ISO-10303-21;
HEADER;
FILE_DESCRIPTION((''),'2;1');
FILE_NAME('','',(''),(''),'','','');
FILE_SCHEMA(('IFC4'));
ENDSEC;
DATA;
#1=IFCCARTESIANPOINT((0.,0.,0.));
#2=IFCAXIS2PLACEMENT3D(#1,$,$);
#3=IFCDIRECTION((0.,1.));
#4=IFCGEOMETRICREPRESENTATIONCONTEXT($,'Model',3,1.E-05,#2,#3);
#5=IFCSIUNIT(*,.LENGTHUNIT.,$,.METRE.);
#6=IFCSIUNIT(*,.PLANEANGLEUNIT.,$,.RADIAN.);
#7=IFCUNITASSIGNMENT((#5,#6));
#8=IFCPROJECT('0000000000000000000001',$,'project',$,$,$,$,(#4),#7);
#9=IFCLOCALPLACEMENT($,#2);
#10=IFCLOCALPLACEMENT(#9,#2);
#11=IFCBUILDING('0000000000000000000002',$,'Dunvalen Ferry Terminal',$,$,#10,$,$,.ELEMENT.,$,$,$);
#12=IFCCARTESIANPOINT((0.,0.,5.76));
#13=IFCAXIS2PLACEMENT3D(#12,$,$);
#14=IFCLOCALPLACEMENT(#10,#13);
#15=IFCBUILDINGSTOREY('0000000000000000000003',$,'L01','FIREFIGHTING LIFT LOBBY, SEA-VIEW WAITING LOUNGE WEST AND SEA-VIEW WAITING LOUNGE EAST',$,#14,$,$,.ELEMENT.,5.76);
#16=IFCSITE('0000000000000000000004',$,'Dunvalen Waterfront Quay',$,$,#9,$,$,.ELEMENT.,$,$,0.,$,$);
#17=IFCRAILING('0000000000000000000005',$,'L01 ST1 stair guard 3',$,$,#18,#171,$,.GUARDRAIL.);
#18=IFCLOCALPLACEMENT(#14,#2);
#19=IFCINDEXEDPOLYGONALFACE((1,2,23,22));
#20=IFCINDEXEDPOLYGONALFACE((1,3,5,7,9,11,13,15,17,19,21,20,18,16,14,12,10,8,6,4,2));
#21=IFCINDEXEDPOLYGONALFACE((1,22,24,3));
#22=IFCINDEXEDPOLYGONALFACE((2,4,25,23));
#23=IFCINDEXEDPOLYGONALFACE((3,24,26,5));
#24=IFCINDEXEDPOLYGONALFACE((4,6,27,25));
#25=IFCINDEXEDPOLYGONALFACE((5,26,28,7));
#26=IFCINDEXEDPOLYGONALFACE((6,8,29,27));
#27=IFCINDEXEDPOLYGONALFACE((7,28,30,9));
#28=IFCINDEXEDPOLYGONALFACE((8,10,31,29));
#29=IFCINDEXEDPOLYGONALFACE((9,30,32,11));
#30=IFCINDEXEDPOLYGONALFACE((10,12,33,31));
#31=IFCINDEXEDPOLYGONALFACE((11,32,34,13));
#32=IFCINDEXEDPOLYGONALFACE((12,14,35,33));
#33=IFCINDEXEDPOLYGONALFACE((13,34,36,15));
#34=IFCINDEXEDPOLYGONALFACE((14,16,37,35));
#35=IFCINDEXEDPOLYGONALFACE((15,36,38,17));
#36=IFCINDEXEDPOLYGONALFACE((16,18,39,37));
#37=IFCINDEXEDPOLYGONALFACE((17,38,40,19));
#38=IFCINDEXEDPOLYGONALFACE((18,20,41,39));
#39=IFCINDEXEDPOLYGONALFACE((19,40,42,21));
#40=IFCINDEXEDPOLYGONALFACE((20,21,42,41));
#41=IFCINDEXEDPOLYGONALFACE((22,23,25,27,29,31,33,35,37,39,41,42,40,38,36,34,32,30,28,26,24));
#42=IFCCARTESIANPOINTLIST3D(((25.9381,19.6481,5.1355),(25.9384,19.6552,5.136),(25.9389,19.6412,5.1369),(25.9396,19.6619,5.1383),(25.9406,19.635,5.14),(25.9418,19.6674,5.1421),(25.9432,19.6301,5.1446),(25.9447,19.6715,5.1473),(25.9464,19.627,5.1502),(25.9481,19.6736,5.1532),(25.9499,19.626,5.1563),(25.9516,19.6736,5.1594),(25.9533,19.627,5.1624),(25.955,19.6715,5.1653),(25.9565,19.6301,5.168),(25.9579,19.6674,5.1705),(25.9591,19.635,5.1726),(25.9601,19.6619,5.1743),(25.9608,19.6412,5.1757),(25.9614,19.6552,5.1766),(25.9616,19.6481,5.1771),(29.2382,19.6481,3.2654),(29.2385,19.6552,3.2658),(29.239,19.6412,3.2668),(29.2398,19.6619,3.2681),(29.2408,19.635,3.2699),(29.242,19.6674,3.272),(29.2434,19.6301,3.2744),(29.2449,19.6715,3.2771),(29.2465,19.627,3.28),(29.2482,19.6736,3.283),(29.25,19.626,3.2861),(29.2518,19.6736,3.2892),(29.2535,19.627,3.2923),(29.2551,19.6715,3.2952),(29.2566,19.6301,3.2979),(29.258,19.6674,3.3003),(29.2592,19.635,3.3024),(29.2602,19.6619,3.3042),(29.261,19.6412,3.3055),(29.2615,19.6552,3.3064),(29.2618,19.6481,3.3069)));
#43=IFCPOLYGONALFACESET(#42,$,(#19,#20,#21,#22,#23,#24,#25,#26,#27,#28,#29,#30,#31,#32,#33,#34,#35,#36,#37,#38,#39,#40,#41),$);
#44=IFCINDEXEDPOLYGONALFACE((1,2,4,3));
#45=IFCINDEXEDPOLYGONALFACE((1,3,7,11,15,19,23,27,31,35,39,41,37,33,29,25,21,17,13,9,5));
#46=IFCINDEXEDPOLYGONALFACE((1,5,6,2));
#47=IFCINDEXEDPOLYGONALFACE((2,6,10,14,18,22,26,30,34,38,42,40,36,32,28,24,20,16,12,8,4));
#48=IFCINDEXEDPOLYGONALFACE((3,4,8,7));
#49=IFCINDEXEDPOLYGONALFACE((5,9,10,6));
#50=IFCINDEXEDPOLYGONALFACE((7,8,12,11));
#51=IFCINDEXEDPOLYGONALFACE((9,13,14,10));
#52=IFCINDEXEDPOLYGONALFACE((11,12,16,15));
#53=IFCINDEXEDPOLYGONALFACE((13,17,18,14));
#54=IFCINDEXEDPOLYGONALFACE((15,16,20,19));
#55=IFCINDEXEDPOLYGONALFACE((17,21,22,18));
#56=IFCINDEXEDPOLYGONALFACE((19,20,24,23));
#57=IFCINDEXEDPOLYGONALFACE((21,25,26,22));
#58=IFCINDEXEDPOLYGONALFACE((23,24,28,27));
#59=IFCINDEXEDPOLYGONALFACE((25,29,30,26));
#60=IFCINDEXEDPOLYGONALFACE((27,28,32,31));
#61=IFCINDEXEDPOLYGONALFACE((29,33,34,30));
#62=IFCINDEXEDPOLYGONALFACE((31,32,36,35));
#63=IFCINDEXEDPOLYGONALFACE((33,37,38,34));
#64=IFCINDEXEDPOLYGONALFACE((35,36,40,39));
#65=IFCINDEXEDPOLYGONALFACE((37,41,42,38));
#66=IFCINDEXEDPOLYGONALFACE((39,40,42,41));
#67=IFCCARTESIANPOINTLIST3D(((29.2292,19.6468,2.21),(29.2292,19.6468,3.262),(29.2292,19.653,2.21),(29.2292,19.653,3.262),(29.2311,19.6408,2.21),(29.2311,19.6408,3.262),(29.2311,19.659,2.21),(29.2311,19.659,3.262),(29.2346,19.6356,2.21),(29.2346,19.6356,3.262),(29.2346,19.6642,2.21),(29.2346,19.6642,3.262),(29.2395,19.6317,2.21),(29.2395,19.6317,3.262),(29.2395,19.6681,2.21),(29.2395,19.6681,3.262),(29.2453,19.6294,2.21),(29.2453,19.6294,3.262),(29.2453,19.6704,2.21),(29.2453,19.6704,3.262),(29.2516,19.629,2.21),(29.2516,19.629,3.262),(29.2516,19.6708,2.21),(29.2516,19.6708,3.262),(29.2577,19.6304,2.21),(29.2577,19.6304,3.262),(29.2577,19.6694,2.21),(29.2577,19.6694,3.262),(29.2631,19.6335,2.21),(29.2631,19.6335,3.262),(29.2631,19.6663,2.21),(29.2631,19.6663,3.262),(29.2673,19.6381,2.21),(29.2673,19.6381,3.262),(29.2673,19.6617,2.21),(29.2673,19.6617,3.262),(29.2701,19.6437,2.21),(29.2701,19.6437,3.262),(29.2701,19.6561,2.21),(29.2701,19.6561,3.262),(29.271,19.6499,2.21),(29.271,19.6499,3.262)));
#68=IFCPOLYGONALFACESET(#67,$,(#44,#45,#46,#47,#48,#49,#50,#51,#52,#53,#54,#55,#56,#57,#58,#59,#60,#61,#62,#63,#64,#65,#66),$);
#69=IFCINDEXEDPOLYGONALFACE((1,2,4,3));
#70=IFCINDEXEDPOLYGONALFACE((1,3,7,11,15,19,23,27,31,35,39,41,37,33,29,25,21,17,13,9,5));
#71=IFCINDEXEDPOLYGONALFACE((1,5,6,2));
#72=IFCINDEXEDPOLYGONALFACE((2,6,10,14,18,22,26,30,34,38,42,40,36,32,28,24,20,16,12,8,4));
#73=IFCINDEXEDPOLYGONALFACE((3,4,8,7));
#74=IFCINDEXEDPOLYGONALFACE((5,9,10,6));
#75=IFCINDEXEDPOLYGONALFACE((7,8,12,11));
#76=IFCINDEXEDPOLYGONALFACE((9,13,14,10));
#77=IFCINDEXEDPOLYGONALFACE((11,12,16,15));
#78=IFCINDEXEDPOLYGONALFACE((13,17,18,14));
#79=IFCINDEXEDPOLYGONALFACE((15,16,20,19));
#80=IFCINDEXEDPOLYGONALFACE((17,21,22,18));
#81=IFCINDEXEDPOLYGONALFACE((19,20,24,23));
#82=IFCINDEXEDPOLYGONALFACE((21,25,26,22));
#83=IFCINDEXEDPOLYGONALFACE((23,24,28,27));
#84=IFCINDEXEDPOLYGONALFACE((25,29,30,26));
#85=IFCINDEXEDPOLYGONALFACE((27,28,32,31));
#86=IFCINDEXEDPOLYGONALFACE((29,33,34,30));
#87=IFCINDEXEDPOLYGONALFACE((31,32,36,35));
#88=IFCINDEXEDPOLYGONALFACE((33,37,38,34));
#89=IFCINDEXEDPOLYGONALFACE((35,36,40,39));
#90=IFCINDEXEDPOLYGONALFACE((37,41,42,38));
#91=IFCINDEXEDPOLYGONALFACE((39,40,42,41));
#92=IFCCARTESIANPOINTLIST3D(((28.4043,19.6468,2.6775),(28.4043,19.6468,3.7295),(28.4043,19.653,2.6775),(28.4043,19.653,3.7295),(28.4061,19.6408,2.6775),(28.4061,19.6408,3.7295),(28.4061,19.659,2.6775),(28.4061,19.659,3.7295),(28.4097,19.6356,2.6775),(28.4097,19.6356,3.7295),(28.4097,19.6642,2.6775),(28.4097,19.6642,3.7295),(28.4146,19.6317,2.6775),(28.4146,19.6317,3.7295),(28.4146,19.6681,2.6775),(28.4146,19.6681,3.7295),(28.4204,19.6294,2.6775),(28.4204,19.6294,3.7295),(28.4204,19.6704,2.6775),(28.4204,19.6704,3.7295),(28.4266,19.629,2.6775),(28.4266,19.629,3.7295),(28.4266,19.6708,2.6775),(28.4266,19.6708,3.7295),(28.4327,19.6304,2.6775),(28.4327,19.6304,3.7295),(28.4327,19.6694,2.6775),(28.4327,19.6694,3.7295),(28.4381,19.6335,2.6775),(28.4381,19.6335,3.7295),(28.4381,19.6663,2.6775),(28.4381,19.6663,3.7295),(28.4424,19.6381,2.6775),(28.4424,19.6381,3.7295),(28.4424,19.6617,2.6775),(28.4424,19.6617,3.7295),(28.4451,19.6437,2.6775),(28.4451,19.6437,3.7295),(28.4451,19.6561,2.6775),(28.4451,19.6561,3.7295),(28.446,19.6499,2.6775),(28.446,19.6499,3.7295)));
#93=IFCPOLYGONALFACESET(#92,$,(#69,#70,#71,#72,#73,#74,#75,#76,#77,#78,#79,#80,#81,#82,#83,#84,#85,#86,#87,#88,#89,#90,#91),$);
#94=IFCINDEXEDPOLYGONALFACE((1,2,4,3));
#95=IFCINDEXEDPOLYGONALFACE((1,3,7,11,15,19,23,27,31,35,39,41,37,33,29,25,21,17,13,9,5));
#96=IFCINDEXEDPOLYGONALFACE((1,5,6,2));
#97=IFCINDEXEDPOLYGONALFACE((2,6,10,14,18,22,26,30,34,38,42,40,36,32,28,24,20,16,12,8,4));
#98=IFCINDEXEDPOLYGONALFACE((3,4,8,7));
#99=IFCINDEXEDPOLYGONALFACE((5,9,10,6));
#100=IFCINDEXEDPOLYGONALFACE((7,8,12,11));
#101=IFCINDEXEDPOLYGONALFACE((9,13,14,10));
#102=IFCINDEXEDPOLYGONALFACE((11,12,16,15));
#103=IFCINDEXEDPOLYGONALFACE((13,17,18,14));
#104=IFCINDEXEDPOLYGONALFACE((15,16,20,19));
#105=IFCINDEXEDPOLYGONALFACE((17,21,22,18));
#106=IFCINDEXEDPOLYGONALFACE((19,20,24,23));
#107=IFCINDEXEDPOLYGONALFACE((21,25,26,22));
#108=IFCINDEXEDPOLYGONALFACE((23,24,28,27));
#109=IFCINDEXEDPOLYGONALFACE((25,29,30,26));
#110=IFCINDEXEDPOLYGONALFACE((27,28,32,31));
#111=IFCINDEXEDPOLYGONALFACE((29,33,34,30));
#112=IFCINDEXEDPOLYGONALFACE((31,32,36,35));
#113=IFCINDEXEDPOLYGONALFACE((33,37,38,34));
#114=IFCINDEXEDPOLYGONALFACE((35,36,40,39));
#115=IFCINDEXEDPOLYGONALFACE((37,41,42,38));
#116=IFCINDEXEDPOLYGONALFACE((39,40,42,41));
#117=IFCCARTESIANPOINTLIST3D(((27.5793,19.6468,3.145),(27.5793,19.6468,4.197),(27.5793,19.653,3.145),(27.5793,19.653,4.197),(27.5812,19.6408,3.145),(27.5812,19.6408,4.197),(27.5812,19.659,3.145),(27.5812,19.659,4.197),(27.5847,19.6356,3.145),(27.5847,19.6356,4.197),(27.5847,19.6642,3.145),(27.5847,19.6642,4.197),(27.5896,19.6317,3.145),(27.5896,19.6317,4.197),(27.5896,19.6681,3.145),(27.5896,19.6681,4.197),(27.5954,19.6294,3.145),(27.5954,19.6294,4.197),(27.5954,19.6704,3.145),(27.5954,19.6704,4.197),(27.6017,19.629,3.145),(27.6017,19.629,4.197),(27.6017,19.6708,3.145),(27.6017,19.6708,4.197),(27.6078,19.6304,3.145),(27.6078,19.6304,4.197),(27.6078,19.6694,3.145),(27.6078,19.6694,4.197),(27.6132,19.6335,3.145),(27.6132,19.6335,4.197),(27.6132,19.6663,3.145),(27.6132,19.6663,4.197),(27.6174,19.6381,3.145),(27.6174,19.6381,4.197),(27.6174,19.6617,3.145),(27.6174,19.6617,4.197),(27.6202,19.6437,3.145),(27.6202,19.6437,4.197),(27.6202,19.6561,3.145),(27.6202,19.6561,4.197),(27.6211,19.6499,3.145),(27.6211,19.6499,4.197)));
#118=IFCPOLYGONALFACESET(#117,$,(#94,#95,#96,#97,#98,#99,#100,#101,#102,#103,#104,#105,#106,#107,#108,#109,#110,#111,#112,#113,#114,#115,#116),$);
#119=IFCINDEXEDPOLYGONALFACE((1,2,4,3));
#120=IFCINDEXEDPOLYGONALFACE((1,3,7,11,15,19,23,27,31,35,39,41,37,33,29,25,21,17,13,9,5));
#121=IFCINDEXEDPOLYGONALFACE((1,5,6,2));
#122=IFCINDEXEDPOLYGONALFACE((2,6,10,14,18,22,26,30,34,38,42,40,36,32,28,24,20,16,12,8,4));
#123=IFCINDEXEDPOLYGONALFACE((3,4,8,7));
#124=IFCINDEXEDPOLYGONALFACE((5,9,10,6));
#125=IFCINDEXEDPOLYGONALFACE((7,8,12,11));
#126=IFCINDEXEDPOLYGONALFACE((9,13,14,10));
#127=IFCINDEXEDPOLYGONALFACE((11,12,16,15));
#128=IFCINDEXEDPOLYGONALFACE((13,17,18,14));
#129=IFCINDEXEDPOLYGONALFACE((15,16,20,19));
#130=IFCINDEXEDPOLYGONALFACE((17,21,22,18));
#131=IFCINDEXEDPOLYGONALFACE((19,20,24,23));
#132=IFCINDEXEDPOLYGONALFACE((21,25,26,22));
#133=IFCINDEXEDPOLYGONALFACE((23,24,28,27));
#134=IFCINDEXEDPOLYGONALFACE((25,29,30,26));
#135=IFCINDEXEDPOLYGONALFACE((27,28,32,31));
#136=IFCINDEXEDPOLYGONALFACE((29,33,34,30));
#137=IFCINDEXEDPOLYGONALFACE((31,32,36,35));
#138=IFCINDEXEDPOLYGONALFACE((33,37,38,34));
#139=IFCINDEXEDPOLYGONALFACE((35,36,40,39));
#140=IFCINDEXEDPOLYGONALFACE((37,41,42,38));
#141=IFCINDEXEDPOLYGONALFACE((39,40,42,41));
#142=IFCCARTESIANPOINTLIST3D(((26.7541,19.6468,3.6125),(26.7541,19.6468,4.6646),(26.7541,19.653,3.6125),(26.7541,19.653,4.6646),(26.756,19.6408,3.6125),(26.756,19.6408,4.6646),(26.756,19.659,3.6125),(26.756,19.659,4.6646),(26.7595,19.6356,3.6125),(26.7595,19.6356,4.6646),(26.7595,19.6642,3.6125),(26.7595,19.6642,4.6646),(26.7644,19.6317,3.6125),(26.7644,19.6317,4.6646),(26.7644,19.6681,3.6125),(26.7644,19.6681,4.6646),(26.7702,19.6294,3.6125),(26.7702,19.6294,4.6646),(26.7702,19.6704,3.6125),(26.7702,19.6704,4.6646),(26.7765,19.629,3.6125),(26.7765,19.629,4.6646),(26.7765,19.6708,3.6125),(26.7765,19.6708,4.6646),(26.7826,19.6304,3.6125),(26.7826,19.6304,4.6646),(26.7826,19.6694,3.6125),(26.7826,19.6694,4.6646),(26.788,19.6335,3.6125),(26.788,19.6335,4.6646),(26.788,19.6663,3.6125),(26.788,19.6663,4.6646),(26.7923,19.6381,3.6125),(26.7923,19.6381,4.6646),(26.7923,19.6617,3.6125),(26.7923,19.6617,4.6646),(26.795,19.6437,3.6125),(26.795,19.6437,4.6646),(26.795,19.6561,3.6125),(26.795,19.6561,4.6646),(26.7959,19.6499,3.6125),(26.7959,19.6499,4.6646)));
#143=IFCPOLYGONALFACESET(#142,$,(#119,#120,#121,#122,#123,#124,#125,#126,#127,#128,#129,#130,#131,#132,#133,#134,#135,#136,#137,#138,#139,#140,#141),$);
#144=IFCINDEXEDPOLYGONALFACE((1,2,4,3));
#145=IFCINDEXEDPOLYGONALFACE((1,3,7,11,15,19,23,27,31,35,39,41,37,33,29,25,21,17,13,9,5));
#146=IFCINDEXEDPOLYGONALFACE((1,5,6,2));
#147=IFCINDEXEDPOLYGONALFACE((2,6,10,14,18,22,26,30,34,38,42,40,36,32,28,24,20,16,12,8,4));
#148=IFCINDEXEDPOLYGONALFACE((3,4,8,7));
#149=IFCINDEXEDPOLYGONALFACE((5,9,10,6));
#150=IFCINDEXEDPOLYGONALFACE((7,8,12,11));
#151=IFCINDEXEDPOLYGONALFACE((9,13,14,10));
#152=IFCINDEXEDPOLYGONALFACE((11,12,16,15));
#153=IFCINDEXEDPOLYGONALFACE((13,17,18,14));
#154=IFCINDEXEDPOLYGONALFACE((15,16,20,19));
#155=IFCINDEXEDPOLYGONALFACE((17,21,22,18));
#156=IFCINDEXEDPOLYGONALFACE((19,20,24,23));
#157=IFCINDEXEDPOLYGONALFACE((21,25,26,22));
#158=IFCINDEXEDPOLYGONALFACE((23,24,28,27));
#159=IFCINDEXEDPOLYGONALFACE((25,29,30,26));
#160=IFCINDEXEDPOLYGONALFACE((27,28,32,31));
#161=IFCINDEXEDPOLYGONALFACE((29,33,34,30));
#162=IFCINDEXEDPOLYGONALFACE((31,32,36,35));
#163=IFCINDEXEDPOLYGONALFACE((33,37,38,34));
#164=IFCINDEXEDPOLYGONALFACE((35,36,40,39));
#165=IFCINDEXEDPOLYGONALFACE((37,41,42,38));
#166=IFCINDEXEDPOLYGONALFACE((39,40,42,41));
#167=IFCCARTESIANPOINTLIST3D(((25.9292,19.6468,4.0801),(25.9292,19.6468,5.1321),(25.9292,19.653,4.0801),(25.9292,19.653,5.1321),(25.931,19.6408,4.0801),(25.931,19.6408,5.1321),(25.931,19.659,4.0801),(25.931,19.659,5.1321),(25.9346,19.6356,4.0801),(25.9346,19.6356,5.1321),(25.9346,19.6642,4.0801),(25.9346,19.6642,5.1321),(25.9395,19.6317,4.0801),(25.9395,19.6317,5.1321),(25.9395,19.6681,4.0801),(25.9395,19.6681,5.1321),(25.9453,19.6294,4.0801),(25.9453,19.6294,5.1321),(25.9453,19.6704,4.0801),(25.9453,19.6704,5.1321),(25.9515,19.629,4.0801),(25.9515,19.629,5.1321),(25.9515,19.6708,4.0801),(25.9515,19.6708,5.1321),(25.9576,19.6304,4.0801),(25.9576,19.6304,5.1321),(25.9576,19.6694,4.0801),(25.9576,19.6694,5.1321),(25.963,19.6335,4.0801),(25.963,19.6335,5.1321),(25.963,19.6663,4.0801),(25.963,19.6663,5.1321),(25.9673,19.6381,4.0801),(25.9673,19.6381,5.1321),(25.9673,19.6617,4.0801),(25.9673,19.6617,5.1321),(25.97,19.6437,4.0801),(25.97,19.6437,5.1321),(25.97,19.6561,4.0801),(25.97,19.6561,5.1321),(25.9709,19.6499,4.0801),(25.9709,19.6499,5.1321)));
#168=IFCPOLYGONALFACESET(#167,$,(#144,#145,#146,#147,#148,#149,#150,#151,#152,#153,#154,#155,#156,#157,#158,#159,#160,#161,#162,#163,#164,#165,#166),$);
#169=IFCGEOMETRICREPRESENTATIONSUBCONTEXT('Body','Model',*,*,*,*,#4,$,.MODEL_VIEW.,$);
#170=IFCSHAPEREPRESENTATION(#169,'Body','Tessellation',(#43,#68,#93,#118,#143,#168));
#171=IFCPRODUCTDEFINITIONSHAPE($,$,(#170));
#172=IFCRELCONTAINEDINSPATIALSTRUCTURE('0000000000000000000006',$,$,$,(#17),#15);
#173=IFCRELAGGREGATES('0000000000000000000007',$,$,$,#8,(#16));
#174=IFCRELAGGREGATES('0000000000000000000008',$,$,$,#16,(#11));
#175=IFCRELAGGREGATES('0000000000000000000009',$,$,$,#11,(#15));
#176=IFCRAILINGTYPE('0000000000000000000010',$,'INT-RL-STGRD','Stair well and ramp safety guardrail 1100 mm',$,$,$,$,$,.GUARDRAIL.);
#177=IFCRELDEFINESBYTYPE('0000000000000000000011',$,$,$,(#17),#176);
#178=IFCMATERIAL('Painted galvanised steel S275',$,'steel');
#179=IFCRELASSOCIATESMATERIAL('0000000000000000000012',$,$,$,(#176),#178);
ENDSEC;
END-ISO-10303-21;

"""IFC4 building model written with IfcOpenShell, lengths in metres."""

from ifc_helpers import new_model, si_unit, direction, frame, origin, origin_2d, place, context, subcontext, project, spatial, circle, extrude, material, type_object, element, save


model = new_model("IFC4")

# Units and contexts
model_context = context("Model", 3, precision=1e-05, world=origin(), true_north=direction((0.0, 1.0)))
body_context = subcontext(model_context, "Body", "Model", "MODEL_VIEW")
ifc_project = project(units=[si_unit("LENGTHUNIT", "METRE"), si_unit("PLANEANGLEUNIT", "RADIAN")], contexts=[model_context])

# Site, building, storey
site_placement = place(None, origin())
site = spatial("IfcSite", under=ifc_project, at=site_placement, Name="Dunvalen Waterfront Quay", CompositionType="ELEMENT", RefElevation=0.0)
building_placement = place(site_placement, origin())
building = spatial("IfcBuilding", under=site, at=building_placement, Name="Dunvalen Ferry Terminal", CompositionType="ELEMENT")
storey_placement = place(building_placement, frame((0.0, 0.0, 5.76)))
storey = spatial("IfcBuildingStorey", under=building, at=storey_placement, Name="L01", Description="FIREFIGHTING LIFT LOBBY, SEA-VIEW WAITING LOUNGE WEST AND SEA-VIEW WAITING LOUNGE EAST", CompositionType="ELEMENT", Elevation=5.76)

# Railing
ifc_material_1 = material(Name="Painted galvanised steel S275", Category="steel")
railing_type_1 = type_object("IfcRailingType", Name="INT-RL-STGRD", Description="Stair well and ramp safety guardrail 1100 mm", PredefinedType="GUARDRAIL", material=ifc_material_1)
railing_1_placement = place(storey_placement, frame((29.25, 19.6499, 2.21)))
element("IfcRailing", 1, at=railing_1_placement, inside=storey, type_object=railing_type_1, Name="L01 ST1 stair guard 3", PredefinedType="GUARDRAIL", context=body_context, shape_type="SweptSolid", body=[
    extrude(circle(Radius=0.0239, at=origin_2d()), frame((0.0, 0.0, 1.0762), z_axis=(-0.870012, 0.0, 0.49303), x_axis=(0.0, -1.0, 0.0)), (0.0, 0.0, 1.0), 3.7932),
    extrude(circle(Radius=0.021, at=origin_2d()), origin(), (0.0, 0.0, 1.0), 1.052),
    extrude(circle(Radius=0.021, at=origin_2d()), frame((-0.825, 0.0, 0.4675)), (0.0, 0.0, 1.0), 1.052),
    extrude(circle(Radius=0.021, at=origin_2d()), frame((-1.6499, 0.0, 0.9351)), (0.0, 0.0, 1.0), 1.052),
    extrude(circle(Radius=0.021, at=origin_2d()), frame((-2.4751, 0.0, 1.4026)), (0.0, 0.0, 1.0), 1.052),
    extrude(circle(Radius=0.021, at=origin_2d()), frame((-3.3, 0.0, 1.8701)), (0.0, 0.0, 1.0), 1.052),
])

save(model, "model.ifc")
